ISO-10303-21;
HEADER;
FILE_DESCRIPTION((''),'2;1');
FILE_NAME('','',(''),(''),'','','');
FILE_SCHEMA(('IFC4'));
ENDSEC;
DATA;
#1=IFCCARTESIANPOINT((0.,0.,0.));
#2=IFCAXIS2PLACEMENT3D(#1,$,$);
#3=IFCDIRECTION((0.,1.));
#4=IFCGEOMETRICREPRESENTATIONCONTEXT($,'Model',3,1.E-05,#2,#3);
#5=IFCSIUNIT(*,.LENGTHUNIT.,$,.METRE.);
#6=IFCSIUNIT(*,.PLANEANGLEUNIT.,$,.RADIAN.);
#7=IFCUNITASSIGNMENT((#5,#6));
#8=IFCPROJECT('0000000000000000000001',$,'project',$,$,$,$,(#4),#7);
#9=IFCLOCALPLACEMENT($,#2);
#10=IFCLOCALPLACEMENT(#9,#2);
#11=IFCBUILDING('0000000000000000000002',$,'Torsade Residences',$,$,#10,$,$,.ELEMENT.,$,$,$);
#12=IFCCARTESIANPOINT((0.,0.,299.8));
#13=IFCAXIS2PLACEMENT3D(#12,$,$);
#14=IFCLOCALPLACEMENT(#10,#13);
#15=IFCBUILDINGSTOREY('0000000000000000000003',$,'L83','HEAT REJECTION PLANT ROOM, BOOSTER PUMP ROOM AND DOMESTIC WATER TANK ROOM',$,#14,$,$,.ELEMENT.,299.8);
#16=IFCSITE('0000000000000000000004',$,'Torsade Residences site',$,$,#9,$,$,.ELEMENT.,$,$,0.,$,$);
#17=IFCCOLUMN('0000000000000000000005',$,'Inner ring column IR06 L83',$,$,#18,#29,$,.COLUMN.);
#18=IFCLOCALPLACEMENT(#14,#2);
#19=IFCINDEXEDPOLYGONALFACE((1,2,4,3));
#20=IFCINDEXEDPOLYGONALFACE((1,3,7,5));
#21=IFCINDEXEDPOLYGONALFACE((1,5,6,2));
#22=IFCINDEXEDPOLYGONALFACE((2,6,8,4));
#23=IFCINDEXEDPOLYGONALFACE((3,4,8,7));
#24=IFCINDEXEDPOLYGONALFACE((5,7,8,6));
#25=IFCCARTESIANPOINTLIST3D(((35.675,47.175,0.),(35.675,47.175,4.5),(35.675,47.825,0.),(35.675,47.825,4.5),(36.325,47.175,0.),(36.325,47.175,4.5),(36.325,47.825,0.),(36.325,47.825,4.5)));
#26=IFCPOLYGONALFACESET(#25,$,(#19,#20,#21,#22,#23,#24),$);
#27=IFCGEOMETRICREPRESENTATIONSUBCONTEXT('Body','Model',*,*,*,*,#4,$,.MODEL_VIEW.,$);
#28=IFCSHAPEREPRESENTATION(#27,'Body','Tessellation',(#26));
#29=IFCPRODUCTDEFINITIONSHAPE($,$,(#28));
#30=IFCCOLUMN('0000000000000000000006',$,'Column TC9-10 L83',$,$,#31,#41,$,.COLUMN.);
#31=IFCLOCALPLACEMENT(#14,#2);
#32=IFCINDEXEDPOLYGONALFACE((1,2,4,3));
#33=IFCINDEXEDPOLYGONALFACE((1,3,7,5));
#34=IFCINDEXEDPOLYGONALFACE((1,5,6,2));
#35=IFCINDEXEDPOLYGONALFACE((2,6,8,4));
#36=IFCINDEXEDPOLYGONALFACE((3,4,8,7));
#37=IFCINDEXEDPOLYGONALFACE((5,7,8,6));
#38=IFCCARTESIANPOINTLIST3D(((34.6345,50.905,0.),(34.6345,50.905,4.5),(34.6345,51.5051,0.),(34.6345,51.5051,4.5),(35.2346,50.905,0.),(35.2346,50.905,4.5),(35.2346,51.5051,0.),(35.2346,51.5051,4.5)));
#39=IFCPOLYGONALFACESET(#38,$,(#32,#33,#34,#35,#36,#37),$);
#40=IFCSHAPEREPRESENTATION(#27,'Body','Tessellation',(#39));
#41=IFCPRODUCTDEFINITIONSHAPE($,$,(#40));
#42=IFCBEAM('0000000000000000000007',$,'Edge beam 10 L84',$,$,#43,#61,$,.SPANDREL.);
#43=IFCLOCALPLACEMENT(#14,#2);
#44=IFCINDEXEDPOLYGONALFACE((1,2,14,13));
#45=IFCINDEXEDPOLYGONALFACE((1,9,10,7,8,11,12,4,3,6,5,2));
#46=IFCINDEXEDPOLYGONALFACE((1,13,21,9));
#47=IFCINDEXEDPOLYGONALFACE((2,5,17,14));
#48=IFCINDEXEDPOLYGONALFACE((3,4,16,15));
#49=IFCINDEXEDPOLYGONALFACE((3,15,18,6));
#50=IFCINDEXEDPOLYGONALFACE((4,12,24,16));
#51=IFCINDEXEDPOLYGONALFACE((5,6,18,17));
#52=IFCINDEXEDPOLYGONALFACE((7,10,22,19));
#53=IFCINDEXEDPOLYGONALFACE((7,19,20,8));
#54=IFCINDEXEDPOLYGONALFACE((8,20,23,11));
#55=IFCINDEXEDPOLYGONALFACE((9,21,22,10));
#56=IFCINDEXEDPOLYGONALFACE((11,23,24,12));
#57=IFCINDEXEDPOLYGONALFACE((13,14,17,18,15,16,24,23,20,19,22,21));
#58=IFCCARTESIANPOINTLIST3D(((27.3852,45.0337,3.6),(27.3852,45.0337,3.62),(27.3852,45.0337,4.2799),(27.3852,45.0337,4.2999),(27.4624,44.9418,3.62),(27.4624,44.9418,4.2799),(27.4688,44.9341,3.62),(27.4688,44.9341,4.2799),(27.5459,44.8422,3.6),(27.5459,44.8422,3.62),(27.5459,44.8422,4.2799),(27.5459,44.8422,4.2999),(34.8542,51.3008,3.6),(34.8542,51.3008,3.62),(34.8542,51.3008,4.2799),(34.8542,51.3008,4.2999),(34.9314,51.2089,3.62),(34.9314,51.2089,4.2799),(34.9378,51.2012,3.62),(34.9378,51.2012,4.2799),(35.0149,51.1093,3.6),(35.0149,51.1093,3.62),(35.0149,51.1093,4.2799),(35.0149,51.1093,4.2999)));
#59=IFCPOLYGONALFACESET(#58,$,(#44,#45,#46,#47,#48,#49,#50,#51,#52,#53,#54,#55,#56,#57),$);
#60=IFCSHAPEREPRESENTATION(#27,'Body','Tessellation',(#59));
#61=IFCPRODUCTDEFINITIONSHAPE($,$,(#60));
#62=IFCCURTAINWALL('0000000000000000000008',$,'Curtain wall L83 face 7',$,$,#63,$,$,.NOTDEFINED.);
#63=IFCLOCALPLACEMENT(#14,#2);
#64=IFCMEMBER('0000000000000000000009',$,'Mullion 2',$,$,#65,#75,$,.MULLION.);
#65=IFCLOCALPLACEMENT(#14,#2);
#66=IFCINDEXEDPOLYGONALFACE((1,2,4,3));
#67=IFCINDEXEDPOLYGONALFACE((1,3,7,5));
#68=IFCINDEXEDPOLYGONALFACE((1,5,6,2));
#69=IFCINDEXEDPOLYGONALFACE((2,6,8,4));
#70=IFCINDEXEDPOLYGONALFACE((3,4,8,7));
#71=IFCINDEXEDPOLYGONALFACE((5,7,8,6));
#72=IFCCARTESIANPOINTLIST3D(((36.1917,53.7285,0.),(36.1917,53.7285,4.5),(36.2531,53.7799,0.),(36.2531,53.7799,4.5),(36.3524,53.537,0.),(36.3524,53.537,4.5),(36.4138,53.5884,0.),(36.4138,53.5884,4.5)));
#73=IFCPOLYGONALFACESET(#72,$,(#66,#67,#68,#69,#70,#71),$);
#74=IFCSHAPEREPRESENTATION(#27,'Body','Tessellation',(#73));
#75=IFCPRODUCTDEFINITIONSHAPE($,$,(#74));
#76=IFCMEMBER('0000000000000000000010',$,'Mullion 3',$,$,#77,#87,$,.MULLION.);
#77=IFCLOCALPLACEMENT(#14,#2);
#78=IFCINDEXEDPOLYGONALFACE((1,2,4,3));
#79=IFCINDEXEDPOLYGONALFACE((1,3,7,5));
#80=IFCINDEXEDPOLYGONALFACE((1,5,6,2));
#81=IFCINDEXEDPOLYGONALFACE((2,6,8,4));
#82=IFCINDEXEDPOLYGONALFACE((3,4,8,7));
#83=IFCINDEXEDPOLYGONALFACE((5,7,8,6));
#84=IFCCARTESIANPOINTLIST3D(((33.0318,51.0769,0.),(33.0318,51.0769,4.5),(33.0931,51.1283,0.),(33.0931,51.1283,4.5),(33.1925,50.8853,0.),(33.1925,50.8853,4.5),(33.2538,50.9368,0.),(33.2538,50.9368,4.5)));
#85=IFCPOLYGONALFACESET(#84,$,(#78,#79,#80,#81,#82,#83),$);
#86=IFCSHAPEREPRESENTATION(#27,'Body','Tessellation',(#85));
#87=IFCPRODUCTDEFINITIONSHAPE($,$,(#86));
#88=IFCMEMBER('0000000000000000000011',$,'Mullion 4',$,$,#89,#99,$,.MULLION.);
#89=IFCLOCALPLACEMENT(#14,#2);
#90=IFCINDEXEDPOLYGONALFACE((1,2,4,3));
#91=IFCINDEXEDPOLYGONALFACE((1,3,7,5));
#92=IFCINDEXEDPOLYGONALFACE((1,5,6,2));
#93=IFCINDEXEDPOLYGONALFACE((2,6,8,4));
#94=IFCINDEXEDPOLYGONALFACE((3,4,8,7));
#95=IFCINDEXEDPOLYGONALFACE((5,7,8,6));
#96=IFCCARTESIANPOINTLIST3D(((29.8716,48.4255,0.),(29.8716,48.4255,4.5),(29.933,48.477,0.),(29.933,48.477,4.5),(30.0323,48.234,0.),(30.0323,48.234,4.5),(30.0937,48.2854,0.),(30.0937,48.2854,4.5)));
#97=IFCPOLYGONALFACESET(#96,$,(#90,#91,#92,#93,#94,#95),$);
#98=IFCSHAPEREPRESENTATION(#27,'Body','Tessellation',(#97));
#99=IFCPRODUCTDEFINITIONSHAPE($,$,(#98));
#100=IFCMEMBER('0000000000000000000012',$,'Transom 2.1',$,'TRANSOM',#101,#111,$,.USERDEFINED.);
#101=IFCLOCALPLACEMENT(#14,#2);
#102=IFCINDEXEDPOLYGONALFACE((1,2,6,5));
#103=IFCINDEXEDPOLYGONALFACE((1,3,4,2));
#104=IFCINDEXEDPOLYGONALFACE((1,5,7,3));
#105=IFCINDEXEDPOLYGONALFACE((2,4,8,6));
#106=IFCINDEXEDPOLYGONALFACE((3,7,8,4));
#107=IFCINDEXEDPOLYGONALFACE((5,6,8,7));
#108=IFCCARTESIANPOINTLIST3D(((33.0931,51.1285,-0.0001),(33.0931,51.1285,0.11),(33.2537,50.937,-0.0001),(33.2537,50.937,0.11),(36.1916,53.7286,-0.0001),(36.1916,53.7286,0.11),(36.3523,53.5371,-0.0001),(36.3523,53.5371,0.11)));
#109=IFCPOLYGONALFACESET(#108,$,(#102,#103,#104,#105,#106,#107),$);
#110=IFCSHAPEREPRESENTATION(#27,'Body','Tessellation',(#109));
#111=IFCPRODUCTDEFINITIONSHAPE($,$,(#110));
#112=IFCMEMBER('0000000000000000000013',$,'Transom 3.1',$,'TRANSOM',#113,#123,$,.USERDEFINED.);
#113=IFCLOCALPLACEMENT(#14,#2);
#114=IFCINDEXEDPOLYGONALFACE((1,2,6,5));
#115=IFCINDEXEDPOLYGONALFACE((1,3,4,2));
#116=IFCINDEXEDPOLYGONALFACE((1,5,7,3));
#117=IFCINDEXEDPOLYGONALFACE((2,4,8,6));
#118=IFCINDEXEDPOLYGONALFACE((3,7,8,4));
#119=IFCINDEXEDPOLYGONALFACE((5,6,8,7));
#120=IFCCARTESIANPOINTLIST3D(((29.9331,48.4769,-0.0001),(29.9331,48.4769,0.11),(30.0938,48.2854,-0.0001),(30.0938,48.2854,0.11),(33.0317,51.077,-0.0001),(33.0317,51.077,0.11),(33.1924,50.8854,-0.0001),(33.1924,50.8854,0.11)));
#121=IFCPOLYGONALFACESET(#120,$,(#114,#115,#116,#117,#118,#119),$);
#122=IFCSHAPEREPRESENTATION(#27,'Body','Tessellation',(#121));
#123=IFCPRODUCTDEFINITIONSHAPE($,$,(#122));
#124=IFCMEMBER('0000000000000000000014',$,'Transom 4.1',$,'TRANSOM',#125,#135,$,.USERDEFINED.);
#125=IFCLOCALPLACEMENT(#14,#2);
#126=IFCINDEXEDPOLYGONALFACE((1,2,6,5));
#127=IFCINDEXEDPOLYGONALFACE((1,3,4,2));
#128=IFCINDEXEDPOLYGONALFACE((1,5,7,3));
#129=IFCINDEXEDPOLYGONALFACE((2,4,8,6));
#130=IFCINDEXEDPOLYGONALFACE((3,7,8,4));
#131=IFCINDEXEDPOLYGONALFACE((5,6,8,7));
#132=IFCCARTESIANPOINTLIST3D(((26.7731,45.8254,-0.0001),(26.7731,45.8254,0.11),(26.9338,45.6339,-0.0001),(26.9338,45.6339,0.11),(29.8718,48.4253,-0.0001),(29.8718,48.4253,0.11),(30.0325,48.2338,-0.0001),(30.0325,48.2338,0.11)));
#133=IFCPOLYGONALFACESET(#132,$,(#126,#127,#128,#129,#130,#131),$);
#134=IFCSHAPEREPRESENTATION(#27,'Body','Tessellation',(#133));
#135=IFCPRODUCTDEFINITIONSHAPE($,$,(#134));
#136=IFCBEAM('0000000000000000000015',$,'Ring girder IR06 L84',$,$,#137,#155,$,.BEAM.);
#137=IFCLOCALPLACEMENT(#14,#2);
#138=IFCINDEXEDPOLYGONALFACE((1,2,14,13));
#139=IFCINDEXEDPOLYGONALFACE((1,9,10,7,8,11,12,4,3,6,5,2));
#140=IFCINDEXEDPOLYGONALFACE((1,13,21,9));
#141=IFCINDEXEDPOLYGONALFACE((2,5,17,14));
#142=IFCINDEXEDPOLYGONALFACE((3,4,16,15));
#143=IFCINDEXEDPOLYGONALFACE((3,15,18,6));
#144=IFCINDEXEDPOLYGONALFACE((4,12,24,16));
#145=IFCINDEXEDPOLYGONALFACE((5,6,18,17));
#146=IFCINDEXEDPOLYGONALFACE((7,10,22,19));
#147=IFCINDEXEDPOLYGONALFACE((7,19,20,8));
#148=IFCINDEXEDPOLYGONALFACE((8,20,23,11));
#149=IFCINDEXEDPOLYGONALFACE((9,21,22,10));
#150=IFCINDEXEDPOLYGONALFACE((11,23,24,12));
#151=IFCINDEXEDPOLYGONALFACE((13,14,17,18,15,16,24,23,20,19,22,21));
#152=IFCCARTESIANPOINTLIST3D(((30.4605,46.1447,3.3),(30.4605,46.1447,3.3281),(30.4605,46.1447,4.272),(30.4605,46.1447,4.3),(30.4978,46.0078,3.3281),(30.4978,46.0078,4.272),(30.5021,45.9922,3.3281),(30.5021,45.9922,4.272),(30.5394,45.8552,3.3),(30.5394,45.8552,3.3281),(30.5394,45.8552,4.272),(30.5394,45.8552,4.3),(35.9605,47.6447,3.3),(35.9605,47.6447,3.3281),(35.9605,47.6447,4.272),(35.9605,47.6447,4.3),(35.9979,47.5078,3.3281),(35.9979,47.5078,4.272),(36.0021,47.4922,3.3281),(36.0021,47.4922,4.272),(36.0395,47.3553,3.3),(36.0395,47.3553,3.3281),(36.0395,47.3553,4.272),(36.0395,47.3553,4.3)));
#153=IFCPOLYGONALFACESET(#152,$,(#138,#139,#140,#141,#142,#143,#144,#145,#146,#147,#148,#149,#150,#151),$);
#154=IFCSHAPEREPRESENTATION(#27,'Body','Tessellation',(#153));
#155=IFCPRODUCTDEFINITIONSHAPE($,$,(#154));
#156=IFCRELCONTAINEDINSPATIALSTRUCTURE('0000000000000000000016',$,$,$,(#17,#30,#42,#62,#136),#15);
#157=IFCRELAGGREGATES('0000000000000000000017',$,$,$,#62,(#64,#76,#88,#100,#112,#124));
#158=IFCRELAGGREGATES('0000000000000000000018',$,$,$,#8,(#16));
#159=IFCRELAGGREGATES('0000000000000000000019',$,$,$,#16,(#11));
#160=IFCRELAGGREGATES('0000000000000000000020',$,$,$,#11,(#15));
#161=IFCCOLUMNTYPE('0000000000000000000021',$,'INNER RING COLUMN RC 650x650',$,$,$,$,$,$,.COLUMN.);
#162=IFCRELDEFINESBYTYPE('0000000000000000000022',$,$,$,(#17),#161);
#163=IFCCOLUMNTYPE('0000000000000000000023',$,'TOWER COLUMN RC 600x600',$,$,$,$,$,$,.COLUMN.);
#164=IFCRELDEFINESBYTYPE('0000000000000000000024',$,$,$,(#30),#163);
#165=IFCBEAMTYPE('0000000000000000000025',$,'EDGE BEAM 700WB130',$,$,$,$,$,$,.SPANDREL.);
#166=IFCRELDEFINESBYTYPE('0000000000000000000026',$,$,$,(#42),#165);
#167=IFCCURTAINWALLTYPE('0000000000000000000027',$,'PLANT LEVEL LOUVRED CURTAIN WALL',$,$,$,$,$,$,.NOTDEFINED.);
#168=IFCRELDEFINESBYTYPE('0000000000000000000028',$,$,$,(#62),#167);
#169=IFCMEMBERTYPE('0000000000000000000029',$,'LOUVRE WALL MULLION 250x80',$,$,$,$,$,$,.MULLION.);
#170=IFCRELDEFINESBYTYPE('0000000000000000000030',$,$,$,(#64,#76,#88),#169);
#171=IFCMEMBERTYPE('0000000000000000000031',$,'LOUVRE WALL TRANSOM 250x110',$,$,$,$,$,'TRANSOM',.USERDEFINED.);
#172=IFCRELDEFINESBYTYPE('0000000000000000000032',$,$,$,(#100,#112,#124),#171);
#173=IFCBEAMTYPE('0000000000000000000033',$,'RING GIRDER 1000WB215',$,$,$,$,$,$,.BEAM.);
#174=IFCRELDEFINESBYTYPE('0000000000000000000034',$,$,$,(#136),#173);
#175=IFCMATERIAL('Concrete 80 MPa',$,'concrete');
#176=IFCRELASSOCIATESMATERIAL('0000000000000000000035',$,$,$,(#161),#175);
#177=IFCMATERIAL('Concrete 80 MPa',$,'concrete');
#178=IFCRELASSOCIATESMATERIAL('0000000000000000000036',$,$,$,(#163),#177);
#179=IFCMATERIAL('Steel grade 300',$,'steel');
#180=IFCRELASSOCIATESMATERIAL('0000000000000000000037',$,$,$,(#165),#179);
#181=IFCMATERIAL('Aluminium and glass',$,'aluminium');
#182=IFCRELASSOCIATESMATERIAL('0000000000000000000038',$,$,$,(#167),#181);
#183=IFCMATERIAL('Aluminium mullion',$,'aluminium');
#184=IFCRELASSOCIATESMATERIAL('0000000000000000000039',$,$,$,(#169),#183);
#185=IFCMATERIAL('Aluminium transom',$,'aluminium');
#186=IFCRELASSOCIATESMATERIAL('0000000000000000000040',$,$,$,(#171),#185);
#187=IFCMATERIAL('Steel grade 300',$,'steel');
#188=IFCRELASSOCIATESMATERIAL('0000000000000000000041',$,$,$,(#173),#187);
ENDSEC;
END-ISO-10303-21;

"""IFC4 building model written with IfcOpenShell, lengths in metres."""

from ifc_helpers import new_model, si_unit, direction, frame, origin, origin_2d, place, context, subcontext, project, spatial, rectangle, i_section, extrude, material, material_profile, profile_set, type_object, element, aggregate, save


model = new_model("IFC4")

# Units and contexts
model_context = context("Model", 3, precision=1e-05, world=origin(), true_north=direction((0.0, 1.0)))
body_context = subcontext(model_context, "Body", "Model", "MODEL_VIEW")
ifc_project = project(units=[si_unit("LENGTHUNIT", "METRE"), si_unit("PLANEANGLEUNIT", "RADIAN")], contexts=[model_context])

# Site, building, storey
site_placement = place(None, origin())
site = spatial("IfcSite", under=ifc_project, at=site_placement, Name="Torsade Residences site", CompositionType="ELEMENT", RefElevation=0.0)
building_placement = place(site_placement, origin())
building = spatial("IfcBuilding", under=site, at=building_placement, Name="Torsade Residences", CompositionType="ELEMENT")
storey_placement = place(building_placement, frame((0.0, 0.0, 299.8)))
storey = spatial("IfcBuildingStorey", under=building, at=storey_placement, Name="L83", Description="HEAT REJECTION PLANT ROOM, BOOSTER PUMP ROOM AND DOMESTIC WATER TANK ROOM", CompositionType="ELEMENT", Elevation=299.8)

# Columns
ifc_material_1 = material(Name="Concrete 80 MPa", Category="concrete")
ifc_material_profile_1 = material_profile(ifc_material_1, rectangle(XDim=0.6499, YDim=0.6499, at=origin_2d()), Name="RC 650x650")
ifc_profile_set_1 = profile_set([ifc_material_profile_1], Name="Concrete 80 MPa")
column_type_1 = type_object("IfcColumnType", Name="INNER RING COLUMN RC 650x650", PredefinedType="COLUMN", material=ifc_profile_set_1)
column_1_placement = place(storey_placement, frame((36.0, 47.5, 0.0), z_axis=(0.0, 0.0, 1.0), x_axis=(1.0, 0.0, 0.0)))
element("IfcColumn", 1, at=column_1_placement, inside=storey, type_object=column_type_1, Name="Inner ring column IR06 L83", PredefinedType="COLUMN", context=body_context, shape_type="SweptSolid", body=[
    extrude(rectangle(XDim=0.6499, YDim=0.6499, at=origin_2d()), origin(), (0.0, 0.0, 1.0), 4.5),
])
ifc_material_2 = material(Name="Concrete 80 MPa", Category="concrete")
ifc_material_profile_2 = material_profile(ifc_material_2, rectangle(XDim=0.6001, YDim=0.6001, at=origin_2d()), Name="RC 600x600")
ifc_profile_set_2 = profile_set([ifc_material_profile_2], Name="Concrete 80 MPa")
column_type_2 = type_object("IfcColumnType", Name="TOWER COLUMN RC 600x600", PredefinedType="COLUMN", material=ifc_profile_set_2)
column_2_placement = place(storey_placement, frame((34.9346, 51.2051, 0.0), z_axis=(0.0, 0.0, 1.0), x_axis=(1.0, 0.0, 0.0)))
element("IfcColumn", 2, at=column_2_placement, inside=storey, type_object=column_type_2, Name="Column TC9-10 L83", PredefinedType="COLUMN", context=body_context, shape_type="SweptSolid", body=[
    extrude(rectangle(XDim=0.6001, YDim=0.6001, at=origin_2d()), origin(), (0.0, 0.0, 1.0), 4.5),
])

# Beam
ifc_material_3 = material(Name="Steel grade 300", Category="steel")
ifc_material_profile_3 = material_profile(ifc_material_3, i_section(OverallWidth=0.25, OverallDepth=0.7, WebThickness=0.01, FlangeThickness=0.02, at=origin_2d()), Name="700WB130")
ifc_profile_set_3 = profile_set([ifc_material_profile_3], Name="Steel grade 300")
beam_type_1 = type_object("IfcBeamType", Name="EDGE BEAM 700WB130", PredefinedType="SPANDREL", material=ifc_profile_set_3)
beam_1_placement = place(storey_placement, frame((34.9346, 51.2051, 3.95), z_axis=(-0.766052, -0.642779, 0.0), x_axis=(0.642779, -0.766052, 0.0)))
element("IfcBeam", 3, at=beam_1_placement, inside=storey, type_object=beam_type_1, Name="Edge beam 10 L84", PredefinedType="SPANDREL", context=body_context, shape_type="SweptSolid", body=[
    extrude(i_section(OverallWidth=0.25, OverallDepth=0.7, WebThickness=0.01, FlangeThickness=0.02, at=origin_2d()), origin(), (0.0, 0.0, 1.0), 9.75),
])

# Curtain wall, members
ifc_material_4 = material(Name="Aluminium and glass", Category="aluminium")
curtain_wall_type = type_object("IfcCurtainWallType", Name="PLANT LEVEL LOUVRED CURTAIN WALL", PredefinedType="NOTDEFINED", material=ifc_material_4)
curtain_wall_placement = place(storey_placement, origin())
curtain_wall = element("IfcCurtainWall", 4, at=curtain_wall_placement, inside=storey, type_object=curtain_wall_type, Name="Curtain wall L83 face 7", PredefinedType="NOTDEFINED")
ifc_material_5 = material(Name="Aluminium mullion", Category="aluminium")
ifc_material_profile_4 = material_profile(ifc_material_5, rectangle(XDim=0.25, YDim=0.0801, at=origin_2d()), Name="LOUVRE WALL MULLION 250x80")
ifc_profile_set_4 = profile_set([ifc_material_profile_4], Name="Aluminium mullion")
member_type_1 = type_object("IfcMemberType", Name="LOUVRE WALL MULLION 250x80", PredefinedType="MULLION", material=ifc_profile_set_4)
member_1_placement = place(storey_placement, frame((36.3027, 53.6584, 0.0), z_axis=(0.0, 0.0, 1.0), x_axis=(0.642788, -0.766044, 0.0)))
member_1 = element("IfcMember", 5, at=member_1_placement, type_object=member_type_1, Name="Mullion 2", PredefinedType="MULLION", context=body_context, shape_type="SweptSolid", body=[
    extrude(rectangle(XDim=0.25, YDim=0.0801, at=origin_2d()), origin(), (0.0, 0.0, 1.0), 4.5),
])
member_2_placement = place(storey_placement, frame((33.1428, 51.0068, 0.0), z_axis=(0.0, 0.0, 1.0), x_axis=(0.642788, -0.766044, 0.0)))
member_2 = element("IfcMember", 6, at=member_2_placement, type_object=member_type_1, Name="Mullion 3", PredefinedType="MULLION", context=body_context, shape_type="SweptSolid", body=[
    extrude(rectangle(XDim=0.25, YDim=0.0801, at=origin_2d()), origin(), (0.0, 0.0, 1.0), 4.5),
])
member_3_placement = place(storey_placement, frame((29.9827, 48.3555, 0.0), z_axis=(0.0, 0.0, 1.0), x_axis=(0.642788, -0.766044, 0.0)))
member_3 = element("IfcMember", 7, at=member_3_placement, type_object=member_type_1, Name="Mullion 4", PredefinedType="MULLION", context=body_context, shape_type="SweptSolid", body=[
    extrude(rectangle(XDim=0.25, YDim=0.0801, at=origin_2d()), origin(), (0.0, 0.0, 1.0), 4.5),
])
ifc_material_6 = material(Name="Aluminium transom", Category="aluminium")
ifc_material_profile_5 = material_profile(ifc_material_6, rectangle(XDim=0.25, YDim=0.1101, at=origin_2d()), Name="LOUVRE WALL TRANSOM 250x110")
ifc_profile_set_5 = profile_set([ifc_material_profile_5], Name="Aluminium transom")
member_type_2 = type_object("IfcMemberType", Name="LOUVRE WALL TRANSOM 250x110", ElementType="TRANSOM", PredefinedType="USERDEFINED", material=ifc_profile_set_5)
member_4_placement = place(storey_placement, frame((36.272, 53.6328, 0.0549), z_axis=(-0.76604, -0.642793, 0.0), x_axis=(0.642793, -0.76604, 0.0)))
member_4 = element("IfcMember", 8, at=member_4_placement, type_object=member_type_2, Name="Transom 2.1", ObjectType="TRANSOM", PredefinedType="USERDEFINED", context=body_context, shape_type="SweptSolid", body=[
    extrude(rectangle(XDim=0.25, YDim=0.1101, at=origin_2d()), origin(), (0.0, 0.0, 1.0), 4.0449),
])
member_5_placement = place(storey_placement, frame((33.1121, 50.9812, 0.0549), z_axis=(-0.76604, -0.642793, 0.0), x_axis=(0.642793, -0.76604, 0.0)))
member_5 = element("IfcMember", 9, at=member_5_placement, type_object=member_type_2, Name="Transom 3.1", ObjectType="TRANSOM", PredefinedType="USERDEFINED", context=body_context, shape_type="SweptSolid", body=[
    extrude(rectangle(XDim=0.25, YDim=0.1101, at=origin_2d()), origin(), (0.0, 0.0, 1.0), 4.0449),
])
member_6_placement = place(storey_placement, frame((29.9521, 48.3296, 0.0549), z_axis=(-0.76607, -0.642757, 0.0), x_axis=(0.642757, -0.76607, 0.0)))
member_6 = element("IfcMember", 10, at=member_6_placement, type_object=member_type_2, Name="Transom 4.1", ObjectType="TRANSOM", PredefinedType="USERDEFINED", context=body_context, shape_type="SweptSolid", body=[
    extrude(rectangle(XDim=0.25, YDim=0.1101, at=origin_2d()), origin(), (0.0, 0.0, 1.0), 4.0449),
])

# Beam
ifc_material_7 = material(Name="Steel grade 300", Category="steel")
ifc_material_profile_6 = material_profile(ifc_material_7, i_section(OverallWidth=0.3, OverallDepth=1.0, WebThickness=0.0161, FlangeThickness=0.0281, at=origin_2d()), Name="1000WB215")
ifc_profile_set_6 = profile_set([ifc_material_profile_6], Name="Steel grade 300")
beam_type_2 = type_object("IfcBeamType", Name="RING GIRDER 1000WB215", PredefinedType="BEAM", material=ifc_profile_set_6)
beam_2_placement = place(storey_placement, frame((36.0, 47.5, 3.8), z_axis=(-0.964764, -0.263117, 0.0), x_axis=(0.263117, -0.964764, 0.0)))
element("IfcBeam", 11, at=beam_2_placement, inside=storey, type_object=beam_type_2, Name="Ring girder IR06 L84", PredefinedType="BEAM", context=body_context, shape_type="SweptSolid", body=[
    extrude(i_section(OverallWidth=0.3, OverallDepth=1.0, WebThickness=0.0161, FlangeThickness=0.0281, at=origin_2d()), origin(), (0.0, 0.0, 1.0), 5.7009),
])

aggregate(curtain_wall, [member_1, member_2, member_3, member_4, member_5, member_6])

save(model, "model.ifc")
